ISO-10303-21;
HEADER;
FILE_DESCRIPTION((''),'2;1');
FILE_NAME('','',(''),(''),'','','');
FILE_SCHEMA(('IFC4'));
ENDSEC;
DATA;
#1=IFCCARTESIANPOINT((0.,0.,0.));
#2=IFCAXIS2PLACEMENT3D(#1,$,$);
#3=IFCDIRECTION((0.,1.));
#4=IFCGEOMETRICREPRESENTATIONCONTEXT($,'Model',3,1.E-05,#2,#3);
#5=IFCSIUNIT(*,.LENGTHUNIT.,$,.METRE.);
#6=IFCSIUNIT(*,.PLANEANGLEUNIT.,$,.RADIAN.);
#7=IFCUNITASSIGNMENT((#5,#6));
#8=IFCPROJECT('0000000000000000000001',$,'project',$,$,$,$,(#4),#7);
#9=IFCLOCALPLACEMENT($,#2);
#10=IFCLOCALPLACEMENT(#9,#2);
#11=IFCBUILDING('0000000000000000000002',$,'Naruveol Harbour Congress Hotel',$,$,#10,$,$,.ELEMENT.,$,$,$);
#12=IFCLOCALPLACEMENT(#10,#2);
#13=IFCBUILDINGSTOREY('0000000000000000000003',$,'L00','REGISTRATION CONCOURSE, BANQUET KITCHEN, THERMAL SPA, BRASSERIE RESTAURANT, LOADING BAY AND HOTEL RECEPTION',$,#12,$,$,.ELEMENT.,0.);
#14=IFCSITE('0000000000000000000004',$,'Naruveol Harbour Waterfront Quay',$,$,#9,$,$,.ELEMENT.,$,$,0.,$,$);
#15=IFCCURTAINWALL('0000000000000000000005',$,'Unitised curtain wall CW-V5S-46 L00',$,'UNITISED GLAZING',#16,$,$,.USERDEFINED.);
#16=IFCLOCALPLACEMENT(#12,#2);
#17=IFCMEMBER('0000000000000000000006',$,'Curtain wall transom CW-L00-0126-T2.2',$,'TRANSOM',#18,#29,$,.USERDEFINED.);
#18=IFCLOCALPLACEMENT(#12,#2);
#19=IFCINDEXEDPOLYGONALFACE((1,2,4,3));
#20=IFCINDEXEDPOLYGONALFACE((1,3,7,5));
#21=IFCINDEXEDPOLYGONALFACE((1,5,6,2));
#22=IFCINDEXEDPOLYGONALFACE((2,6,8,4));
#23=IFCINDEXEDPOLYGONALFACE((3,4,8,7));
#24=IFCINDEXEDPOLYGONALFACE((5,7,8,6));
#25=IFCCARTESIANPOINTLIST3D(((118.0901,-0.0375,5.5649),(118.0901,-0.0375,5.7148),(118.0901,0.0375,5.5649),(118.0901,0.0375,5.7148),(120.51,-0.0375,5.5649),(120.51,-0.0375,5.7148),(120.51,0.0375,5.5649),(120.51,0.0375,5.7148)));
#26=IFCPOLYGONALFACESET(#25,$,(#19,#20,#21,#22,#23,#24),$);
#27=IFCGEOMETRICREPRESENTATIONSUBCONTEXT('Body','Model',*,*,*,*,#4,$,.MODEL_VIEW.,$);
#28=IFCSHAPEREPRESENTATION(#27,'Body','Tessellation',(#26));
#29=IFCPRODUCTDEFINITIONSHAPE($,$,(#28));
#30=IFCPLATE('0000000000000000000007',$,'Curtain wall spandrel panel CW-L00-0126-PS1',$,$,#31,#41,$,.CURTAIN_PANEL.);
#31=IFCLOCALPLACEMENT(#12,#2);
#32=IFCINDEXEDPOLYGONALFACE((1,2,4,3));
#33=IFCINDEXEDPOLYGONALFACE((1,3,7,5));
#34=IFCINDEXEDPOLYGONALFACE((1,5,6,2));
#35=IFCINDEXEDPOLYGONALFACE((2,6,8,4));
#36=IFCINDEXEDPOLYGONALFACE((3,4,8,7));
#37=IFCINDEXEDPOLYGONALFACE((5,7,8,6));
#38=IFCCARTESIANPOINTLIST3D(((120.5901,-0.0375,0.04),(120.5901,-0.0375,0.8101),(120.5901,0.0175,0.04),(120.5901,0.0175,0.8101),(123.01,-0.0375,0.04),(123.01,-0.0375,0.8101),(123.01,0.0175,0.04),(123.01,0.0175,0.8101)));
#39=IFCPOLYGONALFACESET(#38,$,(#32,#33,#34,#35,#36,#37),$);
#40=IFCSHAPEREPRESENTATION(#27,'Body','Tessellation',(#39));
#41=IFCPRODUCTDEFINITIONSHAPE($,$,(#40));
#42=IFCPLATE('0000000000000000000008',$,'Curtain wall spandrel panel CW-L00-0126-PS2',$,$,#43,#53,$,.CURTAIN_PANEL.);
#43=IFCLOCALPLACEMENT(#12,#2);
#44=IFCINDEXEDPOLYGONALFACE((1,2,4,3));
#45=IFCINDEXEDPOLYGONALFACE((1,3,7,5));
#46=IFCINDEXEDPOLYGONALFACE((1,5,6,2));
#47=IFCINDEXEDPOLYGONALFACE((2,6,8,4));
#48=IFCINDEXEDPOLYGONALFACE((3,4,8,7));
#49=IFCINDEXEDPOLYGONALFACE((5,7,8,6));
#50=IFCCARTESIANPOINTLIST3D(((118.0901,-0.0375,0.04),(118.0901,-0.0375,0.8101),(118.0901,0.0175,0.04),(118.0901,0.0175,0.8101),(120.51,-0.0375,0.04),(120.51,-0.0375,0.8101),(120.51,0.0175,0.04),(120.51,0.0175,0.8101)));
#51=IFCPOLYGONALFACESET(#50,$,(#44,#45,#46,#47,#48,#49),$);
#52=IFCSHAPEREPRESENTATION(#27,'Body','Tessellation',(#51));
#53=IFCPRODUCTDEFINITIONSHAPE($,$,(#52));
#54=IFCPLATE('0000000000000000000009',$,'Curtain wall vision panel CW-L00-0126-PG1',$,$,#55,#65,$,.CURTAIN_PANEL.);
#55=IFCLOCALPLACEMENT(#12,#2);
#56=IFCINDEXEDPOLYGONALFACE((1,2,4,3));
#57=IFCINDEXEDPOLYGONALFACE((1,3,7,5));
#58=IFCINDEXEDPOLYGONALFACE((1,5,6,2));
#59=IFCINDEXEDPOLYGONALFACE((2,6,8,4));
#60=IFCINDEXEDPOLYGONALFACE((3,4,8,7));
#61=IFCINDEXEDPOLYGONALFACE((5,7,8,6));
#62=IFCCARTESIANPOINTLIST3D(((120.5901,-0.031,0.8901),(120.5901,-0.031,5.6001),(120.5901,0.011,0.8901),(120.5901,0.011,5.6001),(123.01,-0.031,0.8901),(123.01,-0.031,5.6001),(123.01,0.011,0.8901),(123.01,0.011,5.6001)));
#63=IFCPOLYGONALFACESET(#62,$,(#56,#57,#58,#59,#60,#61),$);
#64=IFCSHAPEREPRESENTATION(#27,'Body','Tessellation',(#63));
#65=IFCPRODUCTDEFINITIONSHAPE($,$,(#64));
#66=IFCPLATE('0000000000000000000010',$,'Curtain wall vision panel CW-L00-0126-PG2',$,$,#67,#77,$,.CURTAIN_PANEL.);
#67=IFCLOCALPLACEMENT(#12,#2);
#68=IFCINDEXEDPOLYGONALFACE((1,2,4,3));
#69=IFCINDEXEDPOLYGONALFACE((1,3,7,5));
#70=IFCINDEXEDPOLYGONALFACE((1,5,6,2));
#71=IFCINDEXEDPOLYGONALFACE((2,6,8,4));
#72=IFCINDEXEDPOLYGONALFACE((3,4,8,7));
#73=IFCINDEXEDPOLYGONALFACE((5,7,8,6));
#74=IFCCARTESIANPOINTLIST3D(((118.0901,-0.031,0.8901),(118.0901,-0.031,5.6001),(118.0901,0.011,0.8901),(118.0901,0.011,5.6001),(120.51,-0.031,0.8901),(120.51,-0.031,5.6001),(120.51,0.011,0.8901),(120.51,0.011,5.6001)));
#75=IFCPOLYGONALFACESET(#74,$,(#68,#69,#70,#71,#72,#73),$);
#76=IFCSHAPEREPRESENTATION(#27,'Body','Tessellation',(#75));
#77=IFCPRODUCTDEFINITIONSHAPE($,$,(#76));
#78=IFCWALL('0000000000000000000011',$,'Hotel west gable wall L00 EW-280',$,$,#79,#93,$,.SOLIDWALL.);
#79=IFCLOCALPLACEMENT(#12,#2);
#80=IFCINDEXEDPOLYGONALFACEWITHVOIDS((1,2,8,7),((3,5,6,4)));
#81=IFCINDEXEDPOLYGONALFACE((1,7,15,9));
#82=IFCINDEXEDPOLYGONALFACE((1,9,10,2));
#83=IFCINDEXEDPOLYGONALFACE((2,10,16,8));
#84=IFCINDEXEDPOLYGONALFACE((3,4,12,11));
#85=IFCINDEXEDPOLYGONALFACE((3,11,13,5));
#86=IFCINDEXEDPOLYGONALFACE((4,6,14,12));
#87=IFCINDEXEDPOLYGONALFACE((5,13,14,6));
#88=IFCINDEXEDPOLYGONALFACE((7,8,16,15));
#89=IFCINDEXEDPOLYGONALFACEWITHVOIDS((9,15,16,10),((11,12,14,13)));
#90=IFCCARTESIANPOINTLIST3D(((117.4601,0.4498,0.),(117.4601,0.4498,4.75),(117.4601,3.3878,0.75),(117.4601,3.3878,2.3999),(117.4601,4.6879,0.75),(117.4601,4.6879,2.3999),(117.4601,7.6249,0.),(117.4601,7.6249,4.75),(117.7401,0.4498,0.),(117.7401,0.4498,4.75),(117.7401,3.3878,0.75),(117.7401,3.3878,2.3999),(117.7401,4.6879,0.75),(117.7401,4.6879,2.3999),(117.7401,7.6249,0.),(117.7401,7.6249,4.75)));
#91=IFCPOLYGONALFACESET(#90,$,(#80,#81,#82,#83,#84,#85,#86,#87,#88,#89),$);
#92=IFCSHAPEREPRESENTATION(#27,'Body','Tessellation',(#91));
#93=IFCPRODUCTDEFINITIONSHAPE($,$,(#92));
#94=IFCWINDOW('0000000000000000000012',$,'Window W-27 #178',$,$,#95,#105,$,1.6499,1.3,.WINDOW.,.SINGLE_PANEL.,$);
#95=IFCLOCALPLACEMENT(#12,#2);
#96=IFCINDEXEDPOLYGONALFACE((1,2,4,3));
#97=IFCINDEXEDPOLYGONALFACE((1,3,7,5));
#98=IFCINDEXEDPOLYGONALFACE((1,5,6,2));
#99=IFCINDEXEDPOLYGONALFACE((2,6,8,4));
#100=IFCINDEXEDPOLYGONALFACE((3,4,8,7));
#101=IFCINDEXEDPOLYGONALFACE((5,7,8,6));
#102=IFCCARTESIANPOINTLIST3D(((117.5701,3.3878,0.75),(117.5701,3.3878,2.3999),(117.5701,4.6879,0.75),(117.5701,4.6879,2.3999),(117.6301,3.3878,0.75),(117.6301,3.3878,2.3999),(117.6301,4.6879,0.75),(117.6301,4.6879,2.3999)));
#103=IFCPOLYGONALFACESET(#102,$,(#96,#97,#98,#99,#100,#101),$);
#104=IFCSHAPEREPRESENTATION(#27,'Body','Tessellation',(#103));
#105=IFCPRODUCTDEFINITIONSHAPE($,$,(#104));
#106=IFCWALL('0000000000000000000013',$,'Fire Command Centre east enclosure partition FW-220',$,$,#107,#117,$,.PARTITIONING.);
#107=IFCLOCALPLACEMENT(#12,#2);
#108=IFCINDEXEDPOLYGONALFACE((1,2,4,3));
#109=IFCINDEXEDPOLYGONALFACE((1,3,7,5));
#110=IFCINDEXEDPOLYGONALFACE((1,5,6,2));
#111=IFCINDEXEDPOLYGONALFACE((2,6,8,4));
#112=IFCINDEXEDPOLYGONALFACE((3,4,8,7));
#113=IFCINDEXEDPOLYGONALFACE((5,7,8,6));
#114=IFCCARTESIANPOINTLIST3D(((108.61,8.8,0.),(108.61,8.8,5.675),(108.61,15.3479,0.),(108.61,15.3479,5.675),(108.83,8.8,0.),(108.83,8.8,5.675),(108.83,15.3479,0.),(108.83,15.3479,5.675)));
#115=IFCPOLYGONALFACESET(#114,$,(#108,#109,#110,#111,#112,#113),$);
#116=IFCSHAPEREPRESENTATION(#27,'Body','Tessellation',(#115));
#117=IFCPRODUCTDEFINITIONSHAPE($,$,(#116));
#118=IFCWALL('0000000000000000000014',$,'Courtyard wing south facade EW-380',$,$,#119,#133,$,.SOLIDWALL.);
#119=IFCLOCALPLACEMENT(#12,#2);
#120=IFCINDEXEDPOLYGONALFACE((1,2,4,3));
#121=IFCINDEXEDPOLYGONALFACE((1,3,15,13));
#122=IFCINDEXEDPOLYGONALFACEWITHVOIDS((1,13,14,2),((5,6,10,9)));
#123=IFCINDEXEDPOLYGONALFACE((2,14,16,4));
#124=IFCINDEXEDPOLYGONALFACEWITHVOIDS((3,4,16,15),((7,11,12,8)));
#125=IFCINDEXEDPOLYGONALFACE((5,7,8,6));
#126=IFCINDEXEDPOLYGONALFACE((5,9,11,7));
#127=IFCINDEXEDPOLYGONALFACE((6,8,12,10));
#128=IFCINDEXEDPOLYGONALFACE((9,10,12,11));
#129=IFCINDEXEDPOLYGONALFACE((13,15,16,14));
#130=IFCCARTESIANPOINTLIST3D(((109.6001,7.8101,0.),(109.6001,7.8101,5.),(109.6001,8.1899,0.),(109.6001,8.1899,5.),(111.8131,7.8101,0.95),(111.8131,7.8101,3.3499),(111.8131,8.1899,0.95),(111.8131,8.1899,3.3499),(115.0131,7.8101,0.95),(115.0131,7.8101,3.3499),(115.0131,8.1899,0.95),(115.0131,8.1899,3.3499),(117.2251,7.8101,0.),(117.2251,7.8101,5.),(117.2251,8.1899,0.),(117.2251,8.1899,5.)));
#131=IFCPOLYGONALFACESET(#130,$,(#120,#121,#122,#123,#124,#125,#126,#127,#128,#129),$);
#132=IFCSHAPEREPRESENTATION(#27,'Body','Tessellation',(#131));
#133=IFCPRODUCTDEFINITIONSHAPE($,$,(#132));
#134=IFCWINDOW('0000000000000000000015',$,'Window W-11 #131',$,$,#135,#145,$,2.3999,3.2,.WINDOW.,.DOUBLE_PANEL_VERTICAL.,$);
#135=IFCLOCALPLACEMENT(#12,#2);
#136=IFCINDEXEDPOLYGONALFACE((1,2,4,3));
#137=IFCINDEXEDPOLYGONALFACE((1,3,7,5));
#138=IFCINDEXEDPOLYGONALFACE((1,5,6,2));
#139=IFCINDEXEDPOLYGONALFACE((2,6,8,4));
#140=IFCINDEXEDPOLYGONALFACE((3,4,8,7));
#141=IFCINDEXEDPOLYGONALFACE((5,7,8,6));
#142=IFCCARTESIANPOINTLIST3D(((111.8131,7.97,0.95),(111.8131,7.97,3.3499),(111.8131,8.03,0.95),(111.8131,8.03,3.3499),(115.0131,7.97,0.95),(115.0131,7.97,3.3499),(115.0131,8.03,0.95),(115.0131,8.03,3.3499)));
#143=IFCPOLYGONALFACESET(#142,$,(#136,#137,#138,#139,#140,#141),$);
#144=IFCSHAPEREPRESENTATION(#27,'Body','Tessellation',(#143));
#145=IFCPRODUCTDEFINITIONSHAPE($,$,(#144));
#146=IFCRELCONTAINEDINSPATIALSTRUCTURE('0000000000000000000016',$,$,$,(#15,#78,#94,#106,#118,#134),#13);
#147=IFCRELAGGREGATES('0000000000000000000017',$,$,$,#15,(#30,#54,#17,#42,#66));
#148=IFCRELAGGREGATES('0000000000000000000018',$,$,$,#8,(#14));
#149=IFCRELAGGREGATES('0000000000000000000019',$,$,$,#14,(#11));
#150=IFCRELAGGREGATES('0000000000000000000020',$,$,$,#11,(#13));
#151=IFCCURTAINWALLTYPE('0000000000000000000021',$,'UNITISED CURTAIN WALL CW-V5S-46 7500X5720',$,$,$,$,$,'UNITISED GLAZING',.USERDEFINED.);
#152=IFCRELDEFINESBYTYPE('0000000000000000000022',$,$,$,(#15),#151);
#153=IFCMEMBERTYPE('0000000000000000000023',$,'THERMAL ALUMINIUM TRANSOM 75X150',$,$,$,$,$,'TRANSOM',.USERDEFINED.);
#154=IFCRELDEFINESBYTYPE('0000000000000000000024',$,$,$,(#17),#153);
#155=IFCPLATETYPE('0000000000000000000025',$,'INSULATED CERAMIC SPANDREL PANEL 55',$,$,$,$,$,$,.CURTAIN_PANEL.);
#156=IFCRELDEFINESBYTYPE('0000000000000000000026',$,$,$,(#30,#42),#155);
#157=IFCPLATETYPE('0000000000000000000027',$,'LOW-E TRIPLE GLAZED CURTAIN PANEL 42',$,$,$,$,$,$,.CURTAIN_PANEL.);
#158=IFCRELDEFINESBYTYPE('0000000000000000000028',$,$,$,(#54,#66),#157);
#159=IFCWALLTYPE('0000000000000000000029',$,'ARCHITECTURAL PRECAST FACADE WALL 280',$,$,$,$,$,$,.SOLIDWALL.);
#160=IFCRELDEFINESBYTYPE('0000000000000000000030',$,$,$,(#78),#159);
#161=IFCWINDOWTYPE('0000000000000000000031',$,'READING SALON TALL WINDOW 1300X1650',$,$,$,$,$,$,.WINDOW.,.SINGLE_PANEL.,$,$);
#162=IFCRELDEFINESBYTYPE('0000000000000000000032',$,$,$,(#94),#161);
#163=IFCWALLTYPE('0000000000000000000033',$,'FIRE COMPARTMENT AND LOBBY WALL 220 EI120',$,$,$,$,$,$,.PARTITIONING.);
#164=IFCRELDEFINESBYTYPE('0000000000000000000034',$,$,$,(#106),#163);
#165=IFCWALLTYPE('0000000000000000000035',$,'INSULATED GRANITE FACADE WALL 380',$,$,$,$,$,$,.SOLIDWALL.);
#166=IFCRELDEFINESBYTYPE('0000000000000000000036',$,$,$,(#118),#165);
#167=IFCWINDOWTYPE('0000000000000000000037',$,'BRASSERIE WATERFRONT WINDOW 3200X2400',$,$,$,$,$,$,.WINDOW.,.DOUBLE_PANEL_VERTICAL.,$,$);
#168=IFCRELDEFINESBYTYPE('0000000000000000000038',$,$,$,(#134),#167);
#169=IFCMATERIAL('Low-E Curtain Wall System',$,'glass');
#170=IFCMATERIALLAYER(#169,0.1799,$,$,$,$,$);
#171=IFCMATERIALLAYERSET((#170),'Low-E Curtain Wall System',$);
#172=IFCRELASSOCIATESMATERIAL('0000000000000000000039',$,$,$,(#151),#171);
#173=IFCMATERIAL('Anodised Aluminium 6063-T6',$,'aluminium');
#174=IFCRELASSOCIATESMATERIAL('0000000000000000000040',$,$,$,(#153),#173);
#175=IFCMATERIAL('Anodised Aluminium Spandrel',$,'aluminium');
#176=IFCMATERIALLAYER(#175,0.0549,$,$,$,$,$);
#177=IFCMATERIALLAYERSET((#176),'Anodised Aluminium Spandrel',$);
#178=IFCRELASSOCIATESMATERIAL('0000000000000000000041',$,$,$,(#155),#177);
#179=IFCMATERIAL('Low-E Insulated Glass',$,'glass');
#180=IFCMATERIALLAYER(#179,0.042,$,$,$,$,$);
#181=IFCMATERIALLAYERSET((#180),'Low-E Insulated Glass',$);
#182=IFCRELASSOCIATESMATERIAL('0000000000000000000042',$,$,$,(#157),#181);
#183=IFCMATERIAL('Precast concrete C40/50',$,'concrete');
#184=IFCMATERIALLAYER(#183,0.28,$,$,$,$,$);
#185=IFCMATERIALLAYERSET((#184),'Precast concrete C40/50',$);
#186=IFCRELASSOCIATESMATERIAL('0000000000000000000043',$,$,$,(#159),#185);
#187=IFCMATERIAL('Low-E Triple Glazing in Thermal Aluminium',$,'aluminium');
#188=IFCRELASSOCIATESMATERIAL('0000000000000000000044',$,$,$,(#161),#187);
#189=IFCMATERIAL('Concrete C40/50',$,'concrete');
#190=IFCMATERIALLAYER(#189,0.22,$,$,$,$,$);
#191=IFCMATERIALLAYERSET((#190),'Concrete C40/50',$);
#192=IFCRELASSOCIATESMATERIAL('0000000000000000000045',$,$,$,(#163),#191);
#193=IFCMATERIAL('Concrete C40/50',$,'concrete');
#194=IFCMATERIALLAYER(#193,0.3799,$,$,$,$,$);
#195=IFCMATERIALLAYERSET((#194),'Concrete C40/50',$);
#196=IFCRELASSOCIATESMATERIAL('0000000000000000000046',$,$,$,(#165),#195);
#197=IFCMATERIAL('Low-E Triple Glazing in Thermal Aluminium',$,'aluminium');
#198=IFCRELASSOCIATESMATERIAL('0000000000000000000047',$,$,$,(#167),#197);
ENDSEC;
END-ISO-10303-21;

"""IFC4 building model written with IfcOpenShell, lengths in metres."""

from ifc_helpers import new_model, si_unit, direction, frame, frame_2d, origin, origin_2d, place, context, subcontext, project, spatial, rectangle, extrude, material, layer, layer_set, material_profile, profile_set, type_object, element, fill, aggregate, save


model = new_model("IFC4")

# Units and contexts
model_context = context("Model", 3, precision=1e-05, world=origin(), true_north=direction((0.0, 1.0)))
body_context = subcontext(model_context, "Body", "Model", "MODEL_VIEW")
ifc_project = project(units=[si_unit("LENGTHUNIT", "METRE"), si_unit("PLANEANGLEUNIT", "RADIAN")], contexts=[model_context])

# Site, building, storey
site_placement = place(None, origin())
site = spatial("IfcSite", under=ifc_project, at=site_placement, Name="Naruveol Harbour Waterfront Quay", CompositionType="ELEMENT", RefElevation=0.0)
building_placement = place(site_placement, origin())
building = spatial("IfcBuilding", under=site, at=building_placement, Name="Naruveol Harbour Congress Hotel", CompositionType="ELEMENT")
storey_placement = place(building_placement, origin())
storey = spatial("IfcBuildingStorey", under=building, at=storey_placement, Name="L00", Description="REGISTRATION CONCOURSE, BANQUET KITCHEN, THERMAL SPA, BRASSERIE RESTAURANT, LOADING BAY AND HOTEL RECEPTION", CompositionType="ELEMENT", Elevation=0.0)

# Curtain wall, member, plates
ifc_material_1 = material(Name="Low-E Curtain Wall System", Category="glass")
ifc_layer_1 = layer(ifc_material_1, 0.1799)
ifc_layer_set_1 = layer_set([ifc_layer_1], Name="Low-E Curtain Wall System")
curtain_wall_type = type_object("IfcCurtainWallType", Name="UNITISED CURTAIN WALL CW-V5S-46 7500X5720", ElementType="UNITISED GLAZING", PredefinedType="USERDEFINED", material=ifc_layer_set_1)
curtain_wall_placement = place(storey_placement, origin())
curtain_wall = element("IfcCurtainWall", 1, at=curtain_wall_placement, inside=storey, type_object=curtain_wall_type, Name="Unitised curtain wall CW-V5S-46 L00", ObjectType="UNITISED GLAZING", PredefinedType="USERDEFINED")
ifc_material_2 = material(Name="Anodised Aluminium 6063-T6", Category="aluminium")
ifc_material_profile_1 = material_profile(ifc_material_2, rectangle(XDim=0.075, YDim=0.1499, at=origin_2d()), Name="ALU-75x150")
ifc_profile_set_1 = profile_set([ifc_material_profile_1], Name="Anodised Aluminium 6063-T6")
member_type_1 = type_object("IfcMemberType", Name="THERMAL ALUMINIUM TRANSOM 75X150", ElementType="TRANSOM", PredefinedType="USERDEFINED", material=ifc_profile_set_1)
member_1_placement = place(storey_placement, frame((120.51, 0.0, 5.6399), z_axis=(-1.0, 0.0, 0.0), x_axis=(0.0, -1.0, 0.0)))
member_1 = element("IfcMember", 2, at=member_1_placement, type_object=member_type_1, Name="Curtain wall transom CW-L00-0126-T2.2", ObjectType="TRANSOM", PredefinedType="USERDEFINED", context=body_context, shape_type="SweptSolid", body=[
    extrude(rectangle(XDim=0.075, YDim=0.1499, at=origin_2d()), origin(), (0.0, 0.0, 1.0), 2.4199),
])
ifc_material_3 = material(Name="Anodised Aluminium Spandrel", Category="aluminium")
ifc_layer_2 = layer(ifc_material_3, 0.0549)
ifc_layer_set_2 = layer_set([ifc_layer_2], Name="Anodised Aluminium Spandrel")
plate_type_1 = type_object("IfcPlateType", Name="INSULATED CERAMIC SPANDREL PANEL 55", PredefinedType="CURTAIN_PANEL", material=ifc_layer_set_2)
plate_1_placement = place(storey_placement, frame((121.8, -0.01, 0.04), z_axis=(0.0, 0.0, 1.0), x_axis=(-1.0, 0.0, 0.0)))
plate_1 = element("IfcPlate", 3, at=plate_1_placement, type_object=plate_type_1, Name="Curtain wall spandrel panel CW-L00-0126-PS1", PredefinedType="CURTAIN_PANEL", context=body_context, shape_type="SweptSolid", body=[
    extrude(rectangle(XDim=2.4199, YDim=0.0549, at=origin_2d()), origin(), (0.0, 0.0, 1.0), 0.77),
])
plate_2_placement = place(storey_placement, frame((119.3, -0.01, 0.04), z_axis=(0.0, 0.0, 1.0), x_axis=(-1.0, 0.0, 0.0)))
plate_2 = element("IfcPlate", 4, at=plate_2_placement, type_object=plate_type_1, Name="Curtain wall spandrel panel CW-L00-0126-PS2", PredefinedType="CURTAIN_PANEL", context=body_context, shape_type="SweptSolid", body=[
    extrude(rectangle(XDim=2.4199, YDim=0.0549, at=origin_2d()), origin(), (0.0, 0.0, 1.0), 0.77),
])
ifc_material_4 = material(Name="Low-E Insulated Glass", Category="glass")
ifc_layer_3 = layer(ifc_material_4, 0.042)
ifc_layer_set_3 = layer_set([ifc_layer_3], Name="Low-E Insulated Glass")
plate_type_2 = type_object("IfcPlateType", Name="LOW-E TRIPLE GLAZED CURTAIN PANEL 42", PredefinedType="CURTAIN_PANEL", material=ifc_layer_set_3)
plate_3_placement = place(storey_placement, frame((121.8, -0.01, 0.8901), z_axis=(0.0, 0.0, 1.0), x_axis=(-1.0, 0.0, 0.0)))
plate_3 = element("IfcPlate", 5, at=plate_3_placement, type_object=plate_type_2, Name="Curtain wall vision panel CW-L00-0126-PG1", PredefinedType="CURTAIN_PANEL", context=body_context, shape_type="SweptSolid", body=[
    extrude(rectangle(XDim=2.4199, YDim=0.042, at=origin_2d()), origin(), (0.0, 0.0, 1.0), 4.71),
])
plate_4_placement = place(storey_placement, frame((119.3, -0.01, 0.8901), z_axis=(0.0, 0.0, 1.0), x_axis=(-1.0, 0.0, 0.0)))
plate_4 = element("IfcPlate", 6, at=plate_4_placement, type_object=plate_type_2, Name="Curtain wall vision panel CW-L00-0126-PG2", PredefinedType="CURTAIN_PANEL", context=body_context, shape_type="SweptSolid", body=[
    extrude(rectangle(XDim=2.4199, YDim=0.042, at=origin_2d()), origin(), (0.0, 0.0, 1.0), 4.71),
])
aggregate(curtain_wall, [plate_1, plate_3, member_1, plate_2, plate_4])

# Wall, opening, window
ifc_material_5 = material(Name="Precast concrete C40/50", Category="concrete")
ifc_layer_4 = layer(ifc_material_5, 0.28)
ifc_layer_set_4 = layer_set([ifc_layer_4], Name="Precast concrete C40/50")
wall_type_1 = type_object("IfcWallType", Name="ARCHITECTURAL PRECAST FACADE WALL 280", PredefinedType="SOLIDWALL", material=ifc_layer_set_4)
wall_1_placement = place(storey_placement, frame((117.6001, 0.45, 0.0), z_axis=(0.0, 0.0, 1.0), x_axis=(0.0, 1.0, 0.0)))
wall_1 = element("IfcWall", 7, at=wall_1_placement, inside=storey, type_object=wall_type_1, Name="Hotel west gable wall L00 EW-280", PredefinedType="SOLIDWALL", context=body_context, shape_type="SweptSolid", body=[
    extrude(rectangle(XDim=7.175, YDim=0.28, at=frame_2d((3.5874, 0.0))), origin(), (0.0, 0.0, 1.0), 4.75),
])
opening_1_placement = place(wall_1_placement, frame((2.938, 0.0, 0.75)))
opening_1 = element("IfcOpeningElement", 8, at=opening_1_placement, cuts=wall_1, PredefinedType="OPENING", context=body_context, shape_type="SweptSolid", body=[
    extrude(rectangle(XDim=1.3, YDim=1.6499, at=frame_2d((0.6499, 0.825))), frame((0.0, 0.1499, 0.0), z_axis=(0.0, -1.0, 0.0), x_axis=(1.0, 0.0, 0.0)), (0.0, 0.0, 1.0), 0.3),
])
ifc_material_6 = material(Name="Low-E Triple Glazing in Thermal Aluminium", Category="aluminium")
window_type_1 = type_object("IfcWindowType", Name="READING SALON TALL WINDOW 1300X1650", PartitioningType="SINGLE_PANEL", PredefinedType="WINDOW", material=ifc_material_6)
window_1_placement = place(opening_1_placement, origin())
window_1 = element("IfcWindow", 9, at=window_1_placement, inside=storey, type_object=window_type_1, Name="Window W-27 #178", OverallHeight=1.6499, OverallWidth=1.3, PartitioningType="SINGLE_PANEL", PredefinedType="WINDOW", context=body_context, shape_type="SweptSolid", body=[
    extrude(rectangle(XDim=1.3, YDim=1.6499, at=frame_2d((0.6499, 0.825))), frame((0.0, 0.03, 0.0), z_axis=(0.0, -1.0, 0.0), x_axis=(1.0, 0.0, 0.0)), (0.0, 0.0, 1.0), 0.0601),
])
fill(opening_1, window_1)

# Wall
ifc_material_7 = material(Name="Concrete C40/50", Category="concrete")
ifc_layer_5 = layer(ifc_material_7, 0.22)
ifc_layer_set_5 = layer_set([ifc_layer_5], Name="Concrete C40/50")
wall_type_2 = type_object("IfcWallType", Name="FIRE COMPARTMENT AND LOBBY WALL 220 EI120", PredefinedType="PARTITIONING", material=ifc_layer_set_5)
wall_2_placement = place(storey_placement, frame((108.72, 8.8, 0.0), z_axis=(0.0, 0.0, 1.0), x_axis=(0.0, 1.0, 0.0)))
element("IfcWall", 10, at=wall_2_placement, inside=storey, type_object=wall_type_2, Name="Fire Command Centre east enclosure partition FW-220", PredefinedType="PARTITIONING", context=body_context, shape_type="SweptSolid", body=[
    extrude(rectangle(XDim=6.5479, YDim=0.22, at=frame_2d((3.2739, 0.0))), origin(), (0.0, 0.0, 1.0), 5.675),
])

# Wall, opening, window
ifc_material_8 = material(Name="Concrete C40/50", Category="concrete")
ifc_layer_6 = layer(ifc_material_8, 0.3799)
ifc_layer_set_6 = layer_set([ifc_layer_6], Name="Concrete C40/50")
wall_type_3 = type_object("IfcWallType", Name="INSULATED GRANITE FACADE WALL 380", PredefinedType="SOLIDWALL", material=ifc_layer_set_6)
wall_3_placement = place(storey_placement, frame((117.2251, 8.0, 0.0), z_axis=(0.0, 0.0, 1.0), x_axis=(-1.0, 0.0, 0.0)))
wall_3 = element("IfcWall", 11, at=wall_3_placement, inside=storey, type_object=wall_type_3, Name="Courtyard wing south facade EW-380", PredefinedType="SOLIDWALL", context=body_context, shape_type="SweptSolid", body=[
    extrude(rectangle(XDim=7.625, YDim=0.3799, at=frame_2d((3.8125, 0.0))), origin(), (0.0, 0.0, 1.0), 5.0),
])
opening_2_placement = place(wall_3_placement, frame((2.2119, 0.0, 0.95)))
opening_2 = element("IfcOpeningElement", 12, at=opening_2_placement, cuts=wall_3, PredefinedType="OPENING", context=body_context, shape_type="SweptSolid", body=[
    extrude(rectangle(XDim=3.2, YDim=2.3999, at=frame_2d((1.6001, 1.2))), frame((0.0, 0.2, 0.0), z_axis=(0.0, -1.0, 0.0), x_axis=(1.0, 0.0, 0.0)), (0.0, 0.0, 1.0), 0.3999),
])
ifc_material_9 = material(Name="Low-E Triple Glazing in Thermal Aluminium", Category="aluminium")
window_type_2 = type_object("IfcWindowType", Name="BRASSERIE WATERFRONT WINDOW 3200X2400", PartitioningType="DOUBLE_PANEL_VERTICAL", PredefinedType="WINDOW", material=ifc_material_9)
window_2_placement = place(opening_2_placement, origin())
window_2 = element("IfcWindow", 13, at=window_2_placement, inside=storey, type_object=window_type_2, Name="Window W-11 #131", OverallHeight=2.3999, OverallWidth=3.2, PartitioningType="DOUBLE_PANEL_VERTICAL", PredefinedType="WINDOW", context=body_context, shape_type="SweptSolid", body=[
    extrude(rectangle(XDim=3.2, YDim=2.3999, at=frame_2d((1.6001, 1.2))), frame((0.0, 0.03, 0.0), z_axis=(0.0, -1.0, 0.0), x_axis=(1.0, 0.0, 0.0)), (0.0, 0.0, 1.0), 0.0601),
])
fill(opening_2, window_2)

save(model, "model.ifc")
